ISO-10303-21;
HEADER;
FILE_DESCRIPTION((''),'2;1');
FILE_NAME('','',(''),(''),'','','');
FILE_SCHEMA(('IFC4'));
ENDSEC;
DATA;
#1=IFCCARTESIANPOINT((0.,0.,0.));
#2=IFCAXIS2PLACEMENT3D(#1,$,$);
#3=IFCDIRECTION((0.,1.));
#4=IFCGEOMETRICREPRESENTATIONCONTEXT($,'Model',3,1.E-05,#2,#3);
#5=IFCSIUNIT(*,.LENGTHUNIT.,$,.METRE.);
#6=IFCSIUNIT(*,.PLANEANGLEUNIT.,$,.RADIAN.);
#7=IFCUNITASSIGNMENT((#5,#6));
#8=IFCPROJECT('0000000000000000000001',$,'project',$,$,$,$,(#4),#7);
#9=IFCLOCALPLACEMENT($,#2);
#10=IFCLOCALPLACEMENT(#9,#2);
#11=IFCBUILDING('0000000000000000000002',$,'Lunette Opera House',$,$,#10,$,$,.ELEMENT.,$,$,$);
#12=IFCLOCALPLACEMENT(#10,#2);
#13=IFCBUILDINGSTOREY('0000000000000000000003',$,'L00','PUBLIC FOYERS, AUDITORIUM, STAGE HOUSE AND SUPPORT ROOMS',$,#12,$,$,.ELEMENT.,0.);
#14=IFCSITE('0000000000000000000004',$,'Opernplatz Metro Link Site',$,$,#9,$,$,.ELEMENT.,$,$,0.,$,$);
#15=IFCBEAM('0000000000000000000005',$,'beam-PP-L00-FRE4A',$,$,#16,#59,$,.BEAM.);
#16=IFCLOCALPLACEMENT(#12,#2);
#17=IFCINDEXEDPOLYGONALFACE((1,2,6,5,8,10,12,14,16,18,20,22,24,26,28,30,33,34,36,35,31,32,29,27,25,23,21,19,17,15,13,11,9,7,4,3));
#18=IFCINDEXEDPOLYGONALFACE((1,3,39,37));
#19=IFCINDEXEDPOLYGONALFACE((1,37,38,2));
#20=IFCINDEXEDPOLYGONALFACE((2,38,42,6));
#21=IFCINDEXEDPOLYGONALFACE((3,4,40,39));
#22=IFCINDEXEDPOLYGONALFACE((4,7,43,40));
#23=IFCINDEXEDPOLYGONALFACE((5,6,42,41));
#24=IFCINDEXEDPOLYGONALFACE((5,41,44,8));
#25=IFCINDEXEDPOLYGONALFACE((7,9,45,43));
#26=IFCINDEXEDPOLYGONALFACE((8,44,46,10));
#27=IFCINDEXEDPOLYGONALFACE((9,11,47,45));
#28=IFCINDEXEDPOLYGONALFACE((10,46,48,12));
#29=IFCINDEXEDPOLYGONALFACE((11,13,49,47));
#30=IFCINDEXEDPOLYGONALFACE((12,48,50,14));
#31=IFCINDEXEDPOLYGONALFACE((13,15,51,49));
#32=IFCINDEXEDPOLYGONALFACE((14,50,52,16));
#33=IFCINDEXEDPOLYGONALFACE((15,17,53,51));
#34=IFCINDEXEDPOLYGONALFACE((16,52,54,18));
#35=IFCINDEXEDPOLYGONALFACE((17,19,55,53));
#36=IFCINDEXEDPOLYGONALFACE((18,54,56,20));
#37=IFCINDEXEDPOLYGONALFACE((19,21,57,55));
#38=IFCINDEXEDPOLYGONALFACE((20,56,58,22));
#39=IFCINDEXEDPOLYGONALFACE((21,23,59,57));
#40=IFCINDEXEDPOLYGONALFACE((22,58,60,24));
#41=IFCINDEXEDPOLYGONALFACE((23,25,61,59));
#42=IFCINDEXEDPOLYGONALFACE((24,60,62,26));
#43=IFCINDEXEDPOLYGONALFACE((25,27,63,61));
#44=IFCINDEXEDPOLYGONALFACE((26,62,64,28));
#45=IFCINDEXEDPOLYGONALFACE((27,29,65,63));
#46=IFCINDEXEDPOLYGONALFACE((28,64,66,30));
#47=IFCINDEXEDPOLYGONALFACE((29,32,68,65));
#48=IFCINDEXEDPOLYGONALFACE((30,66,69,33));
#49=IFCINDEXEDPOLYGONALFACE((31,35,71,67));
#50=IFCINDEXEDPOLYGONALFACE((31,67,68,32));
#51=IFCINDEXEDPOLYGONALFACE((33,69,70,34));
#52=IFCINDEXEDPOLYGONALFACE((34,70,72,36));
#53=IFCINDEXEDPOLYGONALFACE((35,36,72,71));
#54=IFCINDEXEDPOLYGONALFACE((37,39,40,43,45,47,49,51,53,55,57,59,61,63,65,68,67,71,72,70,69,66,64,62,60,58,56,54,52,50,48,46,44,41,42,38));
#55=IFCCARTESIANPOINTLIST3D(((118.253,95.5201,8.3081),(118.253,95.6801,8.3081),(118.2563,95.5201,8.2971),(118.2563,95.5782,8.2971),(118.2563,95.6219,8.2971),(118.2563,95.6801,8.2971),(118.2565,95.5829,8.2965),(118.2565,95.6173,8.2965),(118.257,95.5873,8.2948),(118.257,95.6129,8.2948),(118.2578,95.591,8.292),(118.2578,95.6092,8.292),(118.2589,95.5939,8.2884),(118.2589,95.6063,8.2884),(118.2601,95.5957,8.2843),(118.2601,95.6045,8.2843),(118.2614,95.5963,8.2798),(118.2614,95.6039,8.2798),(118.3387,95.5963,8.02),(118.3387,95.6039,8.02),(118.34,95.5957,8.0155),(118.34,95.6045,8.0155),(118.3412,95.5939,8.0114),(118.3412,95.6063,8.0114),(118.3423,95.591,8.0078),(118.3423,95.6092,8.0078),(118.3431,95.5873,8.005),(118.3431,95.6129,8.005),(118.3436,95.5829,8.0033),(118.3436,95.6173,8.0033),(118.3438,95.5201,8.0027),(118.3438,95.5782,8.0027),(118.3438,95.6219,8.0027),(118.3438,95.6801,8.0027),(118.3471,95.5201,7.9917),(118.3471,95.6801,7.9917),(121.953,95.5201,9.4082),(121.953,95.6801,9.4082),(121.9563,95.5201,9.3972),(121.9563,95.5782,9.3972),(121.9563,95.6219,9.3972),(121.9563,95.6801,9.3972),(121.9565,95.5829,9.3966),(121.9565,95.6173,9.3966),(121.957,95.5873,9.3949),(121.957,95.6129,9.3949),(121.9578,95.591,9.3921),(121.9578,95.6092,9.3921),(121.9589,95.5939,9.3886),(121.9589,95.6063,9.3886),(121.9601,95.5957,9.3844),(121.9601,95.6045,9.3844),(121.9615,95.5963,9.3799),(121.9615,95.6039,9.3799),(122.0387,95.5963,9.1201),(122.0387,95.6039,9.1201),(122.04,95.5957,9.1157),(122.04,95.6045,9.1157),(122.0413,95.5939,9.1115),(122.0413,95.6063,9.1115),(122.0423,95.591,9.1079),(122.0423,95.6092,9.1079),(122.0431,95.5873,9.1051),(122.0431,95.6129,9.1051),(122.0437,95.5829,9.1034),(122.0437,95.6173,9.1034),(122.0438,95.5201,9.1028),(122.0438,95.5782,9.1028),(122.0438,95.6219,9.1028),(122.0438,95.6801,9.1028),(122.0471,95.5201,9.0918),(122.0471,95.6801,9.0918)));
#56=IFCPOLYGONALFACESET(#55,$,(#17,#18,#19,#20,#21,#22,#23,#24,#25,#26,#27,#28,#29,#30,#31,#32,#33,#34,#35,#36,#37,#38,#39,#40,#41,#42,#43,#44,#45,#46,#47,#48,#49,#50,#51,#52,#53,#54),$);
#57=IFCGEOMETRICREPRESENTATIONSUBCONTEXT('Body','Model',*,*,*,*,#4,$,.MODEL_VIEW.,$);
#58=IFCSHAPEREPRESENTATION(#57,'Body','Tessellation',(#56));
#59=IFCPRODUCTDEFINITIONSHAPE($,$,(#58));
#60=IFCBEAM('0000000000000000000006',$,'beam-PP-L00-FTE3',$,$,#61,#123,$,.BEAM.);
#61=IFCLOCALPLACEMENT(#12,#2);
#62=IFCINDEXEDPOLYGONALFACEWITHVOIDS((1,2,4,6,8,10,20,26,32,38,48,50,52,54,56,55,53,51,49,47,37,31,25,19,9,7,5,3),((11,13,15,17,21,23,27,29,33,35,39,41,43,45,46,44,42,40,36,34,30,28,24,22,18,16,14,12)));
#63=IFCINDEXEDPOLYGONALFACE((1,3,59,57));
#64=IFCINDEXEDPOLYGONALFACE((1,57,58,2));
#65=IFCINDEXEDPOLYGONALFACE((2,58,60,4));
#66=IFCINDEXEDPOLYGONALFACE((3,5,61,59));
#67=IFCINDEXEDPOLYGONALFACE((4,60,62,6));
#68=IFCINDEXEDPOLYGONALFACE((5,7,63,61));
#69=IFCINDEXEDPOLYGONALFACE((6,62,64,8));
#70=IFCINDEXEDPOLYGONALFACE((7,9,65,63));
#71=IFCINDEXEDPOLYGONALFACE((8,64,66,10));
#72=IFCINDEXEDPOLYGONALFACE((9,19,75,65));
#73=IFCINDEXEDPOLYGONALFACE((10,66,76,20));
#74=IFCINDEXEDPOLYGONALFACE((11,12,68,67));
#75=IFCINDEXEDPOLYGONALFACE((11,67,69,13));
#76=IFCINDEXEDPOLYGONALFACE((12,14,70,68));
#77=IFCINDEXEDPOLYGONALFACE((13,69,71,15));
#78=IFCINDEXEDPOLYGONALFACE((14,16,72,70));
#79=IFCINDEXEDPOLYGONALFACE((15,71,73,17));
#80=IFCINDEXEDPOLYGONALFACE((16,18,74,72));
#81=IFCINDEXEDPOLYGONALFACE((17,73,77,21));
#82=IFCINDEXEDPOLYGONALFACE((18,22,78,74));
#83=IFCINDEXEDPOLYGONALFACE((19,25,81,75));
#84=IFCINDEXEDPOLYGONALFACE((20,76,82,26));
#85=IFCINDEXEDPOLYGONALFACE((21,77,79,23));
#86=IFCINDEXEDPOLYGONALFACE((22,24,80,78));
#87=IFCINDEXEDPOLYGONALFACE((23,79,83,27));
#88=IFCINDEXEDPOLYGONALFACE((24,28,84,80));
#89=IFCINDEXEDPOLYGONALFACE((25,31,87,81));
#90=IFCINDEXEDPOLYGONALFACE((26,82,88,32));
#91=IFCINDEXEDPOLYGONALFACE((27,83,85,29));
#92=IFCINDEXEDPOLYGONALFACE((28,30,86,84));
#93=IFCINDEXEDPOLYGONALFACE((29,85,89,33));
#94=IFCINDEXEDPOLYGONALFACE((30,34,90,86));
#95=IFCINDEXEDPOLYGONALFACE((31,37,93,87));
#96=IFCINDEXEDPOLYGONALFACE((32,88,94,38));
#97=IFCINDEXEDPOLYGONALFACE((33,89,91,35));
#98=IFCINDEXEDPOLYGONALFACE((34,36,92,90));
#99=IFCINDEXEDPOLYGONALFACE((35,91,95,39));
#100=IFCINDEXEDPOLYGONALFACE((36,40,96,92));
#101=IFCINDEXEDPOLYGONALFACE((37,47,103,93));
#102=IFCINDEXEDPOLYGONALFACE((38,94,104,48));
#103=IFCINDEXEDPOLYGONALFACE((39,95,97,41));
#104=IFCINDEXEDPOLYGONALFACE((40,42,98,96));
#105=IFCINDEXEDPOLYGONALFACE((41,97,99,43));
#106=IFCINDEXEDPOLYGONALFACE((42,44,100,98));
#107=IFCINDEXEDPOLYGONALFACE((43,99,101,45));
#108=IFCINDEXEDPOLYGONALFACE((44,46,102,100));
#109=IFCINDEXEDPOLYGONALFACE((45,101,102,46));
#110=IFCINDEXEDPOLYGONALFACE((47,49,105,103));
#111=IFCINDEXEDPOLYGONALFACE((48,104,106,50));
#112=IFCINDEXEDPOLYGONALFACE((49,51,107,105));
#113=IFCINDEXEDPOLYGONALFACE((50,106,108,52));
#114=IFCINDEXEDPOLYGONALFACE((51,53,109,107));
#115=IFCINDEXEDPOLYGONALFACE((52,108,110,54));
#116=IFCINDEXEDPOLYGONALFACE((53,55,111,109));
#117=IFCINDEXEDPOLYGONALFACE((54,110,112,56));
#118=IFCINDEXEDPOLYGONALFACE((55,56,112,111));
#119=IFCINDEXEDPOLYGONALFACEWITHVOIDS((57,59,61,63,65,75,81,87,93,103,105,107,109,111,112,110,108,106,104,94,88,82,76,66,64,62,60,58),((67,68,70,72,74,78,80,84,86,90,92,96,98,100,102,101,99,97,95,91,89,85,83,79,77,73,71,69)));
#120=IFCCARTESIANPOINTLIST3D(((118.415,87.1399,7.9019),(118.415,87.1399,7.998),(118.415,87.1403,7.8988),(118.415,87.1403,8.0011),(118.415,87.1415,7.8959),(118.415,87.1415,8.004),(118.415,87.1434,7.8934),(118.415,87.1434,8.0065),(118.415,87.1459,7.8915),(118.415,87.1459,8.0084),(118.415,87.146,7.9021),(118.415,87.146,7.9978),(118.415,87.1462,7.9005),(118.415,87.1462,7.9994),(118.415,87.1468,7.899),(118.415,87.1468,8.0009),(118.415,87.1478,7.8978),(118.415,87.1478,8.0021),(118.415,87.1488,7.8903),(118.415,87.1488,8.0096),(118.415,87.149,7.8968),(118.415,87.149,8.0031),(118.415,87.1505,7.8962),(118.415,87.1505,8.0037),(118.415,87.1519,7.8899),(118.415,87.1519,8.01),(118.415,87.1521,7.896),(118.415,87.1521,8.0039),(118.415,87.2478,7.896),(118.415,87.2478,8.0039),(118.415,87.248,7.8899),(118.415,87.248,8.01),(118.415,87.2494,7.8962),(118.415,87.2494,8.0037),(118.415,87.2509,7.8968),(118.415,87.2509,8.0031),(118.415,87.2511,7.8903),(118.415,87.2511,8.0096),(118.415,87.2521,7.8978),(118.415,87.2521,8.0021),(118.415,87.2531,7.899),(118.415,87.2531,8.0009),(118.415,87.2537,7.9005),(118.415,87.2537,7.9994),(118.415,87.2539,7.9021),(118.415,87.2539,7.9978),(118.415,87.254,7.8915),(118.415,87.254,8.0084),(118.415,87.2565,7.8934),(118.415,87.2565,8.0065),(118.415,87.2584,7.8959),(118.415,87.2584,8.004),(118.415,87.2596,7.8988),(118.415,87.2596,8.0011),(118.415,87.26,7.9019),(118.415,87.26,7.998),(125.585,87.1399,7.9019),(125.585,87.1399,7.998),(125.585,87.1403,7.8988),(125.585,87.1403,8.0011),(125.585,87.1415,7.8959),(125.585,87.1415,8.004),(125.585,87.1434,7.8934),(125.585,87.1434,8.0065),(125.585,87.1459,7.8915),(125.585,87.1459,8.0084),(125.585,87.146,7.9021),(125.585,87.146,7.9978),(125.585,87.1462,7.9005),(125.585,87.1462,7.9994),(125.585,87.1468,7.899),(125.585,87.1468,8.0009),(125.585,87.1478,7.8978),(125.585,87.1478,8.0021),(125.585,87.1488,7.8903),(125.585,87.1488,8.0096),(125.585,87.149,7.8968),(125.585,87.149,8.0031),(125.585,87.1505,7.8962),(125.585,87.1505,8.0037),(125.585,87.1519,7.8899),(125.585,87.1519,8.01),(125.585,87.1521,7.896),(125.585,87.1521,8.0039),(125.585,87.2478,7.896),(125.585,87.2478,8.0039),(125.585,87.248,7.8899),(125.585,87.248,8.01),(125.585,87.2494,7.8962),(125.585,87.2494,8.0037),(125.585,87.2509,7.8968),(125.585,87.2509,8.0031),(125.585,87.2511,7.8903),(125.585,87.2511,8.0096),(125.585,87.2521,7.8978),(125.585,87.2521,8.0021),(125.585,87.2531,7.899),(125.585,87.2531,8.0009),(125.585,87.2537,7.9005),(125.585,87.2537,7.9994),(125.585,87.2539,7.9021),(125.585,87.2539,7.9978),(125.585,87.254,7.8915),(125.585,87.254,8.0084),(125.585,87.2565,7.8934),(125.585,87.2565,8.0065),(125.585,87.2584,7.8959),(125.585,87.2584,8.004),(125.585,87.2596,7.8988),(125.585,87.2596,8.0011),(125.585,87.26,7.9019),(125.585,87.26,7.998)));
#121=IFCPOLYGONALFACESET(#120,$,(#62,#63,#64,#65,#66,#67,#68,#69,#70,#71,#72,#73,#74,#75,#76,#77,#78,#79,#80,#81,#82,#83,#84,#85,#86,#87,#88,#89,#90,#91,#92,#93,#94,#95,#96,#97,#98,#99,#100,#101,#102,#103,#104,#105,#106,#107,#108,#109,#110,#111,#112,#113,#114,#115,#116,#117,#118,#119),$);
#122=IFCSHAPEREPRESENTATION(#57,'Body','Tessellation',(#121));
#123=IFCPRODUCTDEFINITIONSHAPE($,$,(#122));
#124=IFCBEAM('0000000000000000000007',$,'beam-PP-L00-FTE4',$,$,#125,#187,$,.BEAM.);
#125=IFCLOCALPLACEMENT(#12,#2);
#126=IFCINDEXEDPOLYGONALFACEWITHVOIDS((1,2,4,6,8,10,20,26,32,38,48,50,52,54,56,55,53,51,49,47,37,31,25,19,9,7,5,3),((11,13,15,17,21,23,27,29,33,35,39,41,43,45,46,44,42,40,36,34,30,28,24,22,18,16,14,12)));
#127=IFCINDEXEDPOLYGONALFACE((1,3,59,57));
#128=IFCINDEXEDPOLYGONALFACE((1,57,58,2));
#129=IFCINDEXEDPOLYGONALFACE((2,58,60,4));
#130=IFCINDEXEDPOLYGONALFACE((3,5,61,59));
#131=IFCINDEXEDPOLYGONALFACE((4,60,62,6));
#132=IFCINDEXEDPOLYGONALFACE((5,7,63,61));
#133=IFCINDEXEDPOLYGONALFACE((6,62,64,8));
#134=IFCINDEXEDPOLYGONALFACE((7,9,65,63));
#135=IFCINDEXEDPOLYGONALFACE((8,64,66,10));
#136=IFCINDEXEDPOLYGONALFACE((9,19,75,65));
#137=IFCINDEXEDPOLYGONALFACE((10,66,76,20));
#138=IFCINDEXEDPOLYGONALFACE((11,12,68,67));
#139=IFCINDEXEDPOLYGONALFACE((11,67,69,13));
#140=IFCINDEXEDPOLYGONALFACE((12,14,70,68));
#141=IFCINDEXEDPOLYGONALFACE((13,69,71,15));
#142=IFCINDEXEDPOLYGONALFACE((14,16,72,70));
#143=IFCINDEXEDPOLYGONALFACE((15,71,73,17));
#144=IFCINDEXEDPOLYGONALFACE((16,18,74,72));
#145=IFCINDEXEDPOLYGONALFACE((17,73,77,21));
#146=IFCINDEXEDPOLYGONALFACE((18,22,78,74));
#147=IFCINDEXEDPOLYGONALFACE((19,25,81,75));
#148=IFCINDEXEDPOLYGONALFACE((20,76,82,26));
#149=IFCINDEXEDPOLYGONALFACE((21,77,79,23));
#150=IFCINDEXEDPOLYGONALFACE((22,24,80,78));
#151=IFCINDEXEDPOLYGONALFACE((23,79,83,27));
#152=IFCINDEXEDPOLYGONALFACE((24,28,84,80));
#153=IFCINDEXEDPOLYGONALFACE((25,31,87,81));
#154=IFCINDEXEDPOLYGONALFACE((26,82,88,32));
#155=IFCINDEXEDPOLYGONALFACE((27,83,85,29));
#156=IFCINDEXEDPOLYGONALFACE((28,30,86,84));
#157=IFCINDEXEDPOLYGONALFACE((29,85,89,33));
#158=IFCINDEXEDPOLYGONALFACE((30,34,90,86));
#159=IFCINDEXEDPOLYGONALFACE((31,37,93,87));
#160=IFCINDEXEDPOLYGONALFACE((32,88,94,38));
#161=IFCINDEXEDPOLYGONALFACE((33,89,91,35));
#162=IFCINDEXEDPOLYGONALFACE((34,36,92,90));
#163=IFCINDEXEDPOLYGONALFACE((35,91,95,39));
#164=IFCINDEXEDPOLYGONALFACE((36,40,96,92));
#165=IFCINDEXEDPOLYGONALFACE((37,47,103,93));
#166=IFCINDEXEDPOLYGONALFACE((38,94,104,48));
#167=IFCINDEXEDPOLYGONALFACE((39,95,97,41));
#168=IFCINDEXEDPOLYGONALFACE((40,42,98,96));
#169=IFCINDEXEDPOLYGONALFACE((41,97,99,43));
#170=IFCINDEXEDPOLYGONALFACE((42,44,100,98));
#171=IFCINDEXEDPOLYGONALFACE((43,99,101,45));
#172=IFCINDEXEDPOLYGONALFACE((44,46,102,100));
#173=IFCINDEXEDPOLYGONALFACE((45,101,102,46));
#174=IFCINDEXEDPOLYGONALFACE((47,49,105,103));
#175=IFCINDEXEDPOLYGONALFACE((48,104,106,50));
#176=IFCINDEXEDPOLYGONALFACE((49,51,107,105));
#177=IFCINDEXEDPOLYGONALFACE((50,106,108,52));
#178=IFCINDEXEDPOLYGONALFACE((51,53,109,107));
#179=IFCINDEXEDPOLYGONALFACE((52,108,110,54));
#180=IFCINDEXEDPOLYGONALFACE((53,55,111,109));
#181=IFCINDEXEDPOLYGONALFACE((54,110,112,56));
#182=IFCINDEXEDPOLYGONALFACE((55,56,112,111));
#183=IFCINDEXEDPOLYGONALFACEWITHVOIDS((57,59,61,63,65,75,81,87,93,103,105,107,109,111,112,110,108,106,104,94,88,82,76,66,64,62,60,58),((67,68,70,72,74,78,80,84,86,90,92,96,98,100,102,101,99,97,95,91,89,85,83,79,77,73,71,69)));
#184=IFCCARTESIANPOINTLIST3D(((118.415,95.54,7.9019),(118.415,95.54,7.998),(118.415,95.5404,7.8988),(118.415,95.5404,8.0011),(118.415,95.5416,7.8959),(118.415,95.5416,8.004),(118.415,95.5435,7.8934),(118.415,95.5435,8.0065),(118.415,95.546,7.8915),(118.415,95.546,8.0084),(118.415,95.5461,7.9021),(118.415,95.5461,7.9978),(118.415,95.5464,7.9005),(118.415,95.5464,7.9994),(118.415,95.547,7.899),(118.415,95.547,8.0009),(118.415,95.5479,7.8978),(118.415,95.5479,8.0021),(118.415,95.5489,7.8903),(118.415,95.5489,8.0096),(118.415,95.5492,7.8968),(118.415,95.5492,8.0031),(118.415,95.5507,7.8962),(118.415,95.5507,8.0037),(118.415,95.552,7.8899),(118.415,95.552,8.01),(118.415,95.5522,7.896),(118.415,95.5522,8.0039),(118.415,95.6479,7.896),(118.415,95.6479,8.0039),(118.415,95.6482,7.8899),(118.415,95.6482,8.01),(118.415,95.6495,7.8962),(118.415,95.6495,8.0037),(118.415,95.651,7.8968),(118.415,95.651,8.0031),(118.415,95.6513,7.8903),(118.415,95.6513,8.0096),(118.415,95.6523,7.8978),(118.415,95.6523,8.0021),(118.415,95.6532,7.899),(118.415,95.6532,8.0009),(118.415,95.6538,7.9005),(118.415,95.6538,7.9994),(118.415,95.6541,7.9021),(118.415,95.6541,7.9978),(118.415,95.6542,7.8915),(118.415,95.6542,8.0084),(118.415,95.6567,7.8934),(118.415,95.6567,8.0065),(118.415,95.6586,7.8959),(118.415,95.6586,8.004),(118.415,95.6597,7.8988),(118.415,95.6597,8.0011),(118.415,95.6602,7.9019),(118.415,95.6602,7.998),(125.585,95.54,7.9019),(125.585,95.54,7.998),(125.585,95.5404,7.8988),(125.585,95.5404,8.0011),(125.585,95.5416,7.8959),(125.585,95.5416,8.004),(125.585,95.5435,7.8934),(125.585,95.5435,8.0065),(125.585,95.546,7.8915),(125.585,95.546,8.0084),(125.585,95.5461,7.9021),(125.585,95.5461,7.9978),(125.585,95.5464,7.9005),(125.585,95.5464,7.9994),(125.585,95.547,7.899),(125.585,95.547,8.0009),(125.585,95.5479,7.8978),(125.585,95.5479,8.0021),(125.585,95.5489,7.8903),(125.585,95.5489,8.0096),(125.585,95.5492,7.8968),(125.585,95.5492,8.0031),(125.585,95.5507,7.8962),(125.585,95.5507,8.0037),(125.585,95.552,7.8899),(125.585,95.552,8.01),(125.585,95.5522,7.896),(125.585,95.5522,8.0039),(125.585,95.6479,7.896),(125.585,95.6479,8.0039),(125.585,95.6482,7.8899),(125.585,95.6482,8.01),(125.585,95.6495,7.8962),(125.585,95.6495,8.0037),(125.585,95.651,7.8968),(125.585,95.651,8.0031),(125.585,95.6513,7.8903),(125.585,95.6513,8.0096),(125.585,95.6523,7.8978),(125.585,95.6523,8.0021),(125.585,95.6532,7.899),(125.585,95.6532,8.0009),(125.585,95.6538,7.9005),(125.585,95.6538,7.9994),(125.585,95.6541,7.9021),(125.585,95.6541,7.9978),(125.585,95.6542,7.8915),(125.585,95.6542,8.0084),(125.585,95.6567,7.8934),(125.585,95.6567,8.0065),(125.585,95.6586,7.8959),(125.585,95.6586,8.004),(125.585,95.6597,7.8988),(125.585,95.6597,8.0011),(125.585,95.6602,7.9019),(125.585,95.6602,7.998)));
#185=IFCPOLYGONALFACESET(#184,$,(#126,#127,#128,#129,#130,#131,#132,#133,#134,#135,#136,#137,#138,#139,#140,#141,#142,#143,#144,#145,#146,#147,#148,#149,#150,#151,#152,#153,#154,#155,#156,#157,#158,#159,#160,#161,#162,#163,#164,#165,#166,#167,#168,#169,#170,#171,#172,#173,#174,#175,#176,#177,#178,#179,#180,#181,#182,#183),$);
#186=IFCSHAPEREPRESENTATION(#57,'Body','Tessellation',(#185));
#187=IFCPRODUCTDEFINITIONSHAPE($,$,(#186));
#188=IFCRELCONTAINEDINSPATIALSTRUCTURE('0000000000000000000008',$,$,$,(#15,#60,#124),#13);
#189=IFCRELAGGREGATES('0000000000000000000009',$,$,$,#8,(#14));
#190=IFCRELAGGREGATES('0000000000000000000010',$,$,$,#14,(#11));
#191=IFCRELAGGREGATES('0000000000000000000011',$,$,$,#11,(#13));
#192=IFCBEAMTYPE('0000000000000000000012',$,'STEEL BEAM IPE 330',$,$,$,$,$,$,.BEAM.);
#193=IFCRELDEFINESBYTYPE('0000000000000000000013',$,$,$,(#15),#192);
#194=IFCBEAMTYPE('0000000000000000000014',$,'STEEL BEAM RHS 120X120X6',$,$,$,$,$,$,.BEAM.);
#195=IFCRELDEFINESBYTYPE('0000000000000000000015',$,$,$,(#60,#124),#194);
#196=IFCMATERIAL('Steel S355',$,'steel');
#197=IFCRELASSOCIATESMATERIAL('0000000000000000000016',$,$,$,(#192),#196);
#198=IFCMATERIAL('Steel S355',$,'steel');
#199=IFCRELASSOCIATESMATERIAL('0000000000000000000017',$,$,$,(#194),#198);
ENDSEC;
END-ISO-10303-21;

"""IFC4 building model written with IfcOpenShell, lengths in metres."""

from ifc_helpers import new_model, si_unit, direction, frame, origin, origin_2d, place, context, subcontext, project, spatial, hollow_rectangle, i_section, extrude, material, material_profile, profile_set, type_object, element, save


model = new_model("IFC4")

# Units and contexts
model_context = context("Model", 3, precision=1e-05, world=origin(), true_north=direction((0.0, 1.0)))
body_context = subcontext(model_context, "Body", "Model", "MODEL_VIEW")
ifc_project = project(units=[si_unit("LENGTHUNIT", "METRE"), si_unit("PLANEANGLEUNIT", "RADIAN")], contexts=[model_context])

# Site, building, storey
site_placement = place(None, origin())
site = spatial("IfcSite", under=ifc_project, at=site_placement, Name="Opernplatz Metro Link Site", CompositionType="ELEMENT", RefElevation=0.0)
building_placement = place(site_placement, origin())
building = spatial("IfcBuilding", under=site, at=building_placement, Name="Lunette Opera House", CompositionType="ELEMENT")
storey_placement = place(building_placement, origin())
storey = spatial("IfcBuildingStorey", under=building, at=storey_placement, Name="L00", Description="PUBLIC FOYERS, AUDITORIUM, STAGE HOUSE AND SUPPORT ROOMS", CompositionType="ELEMENT", Elevation=0.0)

# Beams
ifc_material_1 = material(Name="Steel S355", Category="steel")
ifc_material_profile_1 = material_profile(ifc_material_1, i_section(OverallWidth=0.1599, OverallDepth=0.3301, WebThickness=0.0076, FlangeThickness=0.0115, FilletRadius=0.0181, at=origin_2d()), Name="IPE 330")
ifc_profile_set_1 = profile_set([ifc_material_profile_1], Name="Steel S355")
beam_type_1 = type_object("IfcBeamType", Name="STEEL BEAM IPE 330", PredefinedType="BEAM", material=ifc_profile_set_1)
for number, where, z_axis, x_axis, name in (
    (1, (118.3, 95.6001, 8.1499), (0.958528, 0.0, 0.284997), (0.0, 1.0, 0.0), "beam-PP-L00-FRE4A"),
):
    element("IfcBeam", number, at=place(storey_placement, frame(where, z_axis=z_axis, x_axis=x_axis)), inside=storey, type_object=beam_type_1, Name=name, PredefinedType="BEAM", context=body_context, shape_type="SweptSolid", body=[
        extrude(i_section(OverallWidth=0.1599, OverallDepth=0.3301, WebThickness=0.0076, FlangeThickness=0.0115, FilletRadius=0.0181, at=origin_2d()), origin(), (0.0, 0.0, 1.0), 3.8601),
    ])
ifc_material_2 = material(Name="Steel S355", Category="steel")
ifc_material_profile_2 = material_profile(ifc_material_2, hollow_rectangle(XDim=0.1201, YDim=0.1201, WallThickness=0.0061, InnerFilletRadius=0.0061, OuterFilletRadius=0.012, at=origin_2d()), Name="RHS 120X120X6")
ifc_profile_set_2 = profile_set([ifc_material_profile_2], Name="Steel S355")
beam_type_2 = type_object("IfcBeamType", Name="STEEL BEAM RHS 120X120X6", PredefinedType="BEAM", material=ifc_profile_set_2)
for number, where, z_axis, x_axis, name in (
    (2, (118.415, 87.2, 7.95), (1.0, 0.0, 0.0), (0.0, 1.0, 0.0), "beam-PP-L00-FTE3"),
    (3, (118.415, 95.6001, 7.95), (1.0, 0.0, 0.0), (0.0, 1.0, 0.0), "beam-PP-L00-FTE4"),
):
    element("IfcBeam", number, at=place(storey_placement, frame(where, z_axis=z_axis, x_axis=x_axis)), inside=storey, type_object=beam_type_2, Name=name, PredefinedType="BEAM", context=body_context, shape_type="SweptSolid", body=[
        extrude(hollow_rectangle(XDim=0.1201, YDim=0.1201, WallThickness=0.0061, InnerFilletRadius=0.0061, OuterFilletRadius=0.012, at=origin_2d()), origin(), (0.0, 0.0, 1.0), 7.1699),
    ])

save(model, "model.ifc")
